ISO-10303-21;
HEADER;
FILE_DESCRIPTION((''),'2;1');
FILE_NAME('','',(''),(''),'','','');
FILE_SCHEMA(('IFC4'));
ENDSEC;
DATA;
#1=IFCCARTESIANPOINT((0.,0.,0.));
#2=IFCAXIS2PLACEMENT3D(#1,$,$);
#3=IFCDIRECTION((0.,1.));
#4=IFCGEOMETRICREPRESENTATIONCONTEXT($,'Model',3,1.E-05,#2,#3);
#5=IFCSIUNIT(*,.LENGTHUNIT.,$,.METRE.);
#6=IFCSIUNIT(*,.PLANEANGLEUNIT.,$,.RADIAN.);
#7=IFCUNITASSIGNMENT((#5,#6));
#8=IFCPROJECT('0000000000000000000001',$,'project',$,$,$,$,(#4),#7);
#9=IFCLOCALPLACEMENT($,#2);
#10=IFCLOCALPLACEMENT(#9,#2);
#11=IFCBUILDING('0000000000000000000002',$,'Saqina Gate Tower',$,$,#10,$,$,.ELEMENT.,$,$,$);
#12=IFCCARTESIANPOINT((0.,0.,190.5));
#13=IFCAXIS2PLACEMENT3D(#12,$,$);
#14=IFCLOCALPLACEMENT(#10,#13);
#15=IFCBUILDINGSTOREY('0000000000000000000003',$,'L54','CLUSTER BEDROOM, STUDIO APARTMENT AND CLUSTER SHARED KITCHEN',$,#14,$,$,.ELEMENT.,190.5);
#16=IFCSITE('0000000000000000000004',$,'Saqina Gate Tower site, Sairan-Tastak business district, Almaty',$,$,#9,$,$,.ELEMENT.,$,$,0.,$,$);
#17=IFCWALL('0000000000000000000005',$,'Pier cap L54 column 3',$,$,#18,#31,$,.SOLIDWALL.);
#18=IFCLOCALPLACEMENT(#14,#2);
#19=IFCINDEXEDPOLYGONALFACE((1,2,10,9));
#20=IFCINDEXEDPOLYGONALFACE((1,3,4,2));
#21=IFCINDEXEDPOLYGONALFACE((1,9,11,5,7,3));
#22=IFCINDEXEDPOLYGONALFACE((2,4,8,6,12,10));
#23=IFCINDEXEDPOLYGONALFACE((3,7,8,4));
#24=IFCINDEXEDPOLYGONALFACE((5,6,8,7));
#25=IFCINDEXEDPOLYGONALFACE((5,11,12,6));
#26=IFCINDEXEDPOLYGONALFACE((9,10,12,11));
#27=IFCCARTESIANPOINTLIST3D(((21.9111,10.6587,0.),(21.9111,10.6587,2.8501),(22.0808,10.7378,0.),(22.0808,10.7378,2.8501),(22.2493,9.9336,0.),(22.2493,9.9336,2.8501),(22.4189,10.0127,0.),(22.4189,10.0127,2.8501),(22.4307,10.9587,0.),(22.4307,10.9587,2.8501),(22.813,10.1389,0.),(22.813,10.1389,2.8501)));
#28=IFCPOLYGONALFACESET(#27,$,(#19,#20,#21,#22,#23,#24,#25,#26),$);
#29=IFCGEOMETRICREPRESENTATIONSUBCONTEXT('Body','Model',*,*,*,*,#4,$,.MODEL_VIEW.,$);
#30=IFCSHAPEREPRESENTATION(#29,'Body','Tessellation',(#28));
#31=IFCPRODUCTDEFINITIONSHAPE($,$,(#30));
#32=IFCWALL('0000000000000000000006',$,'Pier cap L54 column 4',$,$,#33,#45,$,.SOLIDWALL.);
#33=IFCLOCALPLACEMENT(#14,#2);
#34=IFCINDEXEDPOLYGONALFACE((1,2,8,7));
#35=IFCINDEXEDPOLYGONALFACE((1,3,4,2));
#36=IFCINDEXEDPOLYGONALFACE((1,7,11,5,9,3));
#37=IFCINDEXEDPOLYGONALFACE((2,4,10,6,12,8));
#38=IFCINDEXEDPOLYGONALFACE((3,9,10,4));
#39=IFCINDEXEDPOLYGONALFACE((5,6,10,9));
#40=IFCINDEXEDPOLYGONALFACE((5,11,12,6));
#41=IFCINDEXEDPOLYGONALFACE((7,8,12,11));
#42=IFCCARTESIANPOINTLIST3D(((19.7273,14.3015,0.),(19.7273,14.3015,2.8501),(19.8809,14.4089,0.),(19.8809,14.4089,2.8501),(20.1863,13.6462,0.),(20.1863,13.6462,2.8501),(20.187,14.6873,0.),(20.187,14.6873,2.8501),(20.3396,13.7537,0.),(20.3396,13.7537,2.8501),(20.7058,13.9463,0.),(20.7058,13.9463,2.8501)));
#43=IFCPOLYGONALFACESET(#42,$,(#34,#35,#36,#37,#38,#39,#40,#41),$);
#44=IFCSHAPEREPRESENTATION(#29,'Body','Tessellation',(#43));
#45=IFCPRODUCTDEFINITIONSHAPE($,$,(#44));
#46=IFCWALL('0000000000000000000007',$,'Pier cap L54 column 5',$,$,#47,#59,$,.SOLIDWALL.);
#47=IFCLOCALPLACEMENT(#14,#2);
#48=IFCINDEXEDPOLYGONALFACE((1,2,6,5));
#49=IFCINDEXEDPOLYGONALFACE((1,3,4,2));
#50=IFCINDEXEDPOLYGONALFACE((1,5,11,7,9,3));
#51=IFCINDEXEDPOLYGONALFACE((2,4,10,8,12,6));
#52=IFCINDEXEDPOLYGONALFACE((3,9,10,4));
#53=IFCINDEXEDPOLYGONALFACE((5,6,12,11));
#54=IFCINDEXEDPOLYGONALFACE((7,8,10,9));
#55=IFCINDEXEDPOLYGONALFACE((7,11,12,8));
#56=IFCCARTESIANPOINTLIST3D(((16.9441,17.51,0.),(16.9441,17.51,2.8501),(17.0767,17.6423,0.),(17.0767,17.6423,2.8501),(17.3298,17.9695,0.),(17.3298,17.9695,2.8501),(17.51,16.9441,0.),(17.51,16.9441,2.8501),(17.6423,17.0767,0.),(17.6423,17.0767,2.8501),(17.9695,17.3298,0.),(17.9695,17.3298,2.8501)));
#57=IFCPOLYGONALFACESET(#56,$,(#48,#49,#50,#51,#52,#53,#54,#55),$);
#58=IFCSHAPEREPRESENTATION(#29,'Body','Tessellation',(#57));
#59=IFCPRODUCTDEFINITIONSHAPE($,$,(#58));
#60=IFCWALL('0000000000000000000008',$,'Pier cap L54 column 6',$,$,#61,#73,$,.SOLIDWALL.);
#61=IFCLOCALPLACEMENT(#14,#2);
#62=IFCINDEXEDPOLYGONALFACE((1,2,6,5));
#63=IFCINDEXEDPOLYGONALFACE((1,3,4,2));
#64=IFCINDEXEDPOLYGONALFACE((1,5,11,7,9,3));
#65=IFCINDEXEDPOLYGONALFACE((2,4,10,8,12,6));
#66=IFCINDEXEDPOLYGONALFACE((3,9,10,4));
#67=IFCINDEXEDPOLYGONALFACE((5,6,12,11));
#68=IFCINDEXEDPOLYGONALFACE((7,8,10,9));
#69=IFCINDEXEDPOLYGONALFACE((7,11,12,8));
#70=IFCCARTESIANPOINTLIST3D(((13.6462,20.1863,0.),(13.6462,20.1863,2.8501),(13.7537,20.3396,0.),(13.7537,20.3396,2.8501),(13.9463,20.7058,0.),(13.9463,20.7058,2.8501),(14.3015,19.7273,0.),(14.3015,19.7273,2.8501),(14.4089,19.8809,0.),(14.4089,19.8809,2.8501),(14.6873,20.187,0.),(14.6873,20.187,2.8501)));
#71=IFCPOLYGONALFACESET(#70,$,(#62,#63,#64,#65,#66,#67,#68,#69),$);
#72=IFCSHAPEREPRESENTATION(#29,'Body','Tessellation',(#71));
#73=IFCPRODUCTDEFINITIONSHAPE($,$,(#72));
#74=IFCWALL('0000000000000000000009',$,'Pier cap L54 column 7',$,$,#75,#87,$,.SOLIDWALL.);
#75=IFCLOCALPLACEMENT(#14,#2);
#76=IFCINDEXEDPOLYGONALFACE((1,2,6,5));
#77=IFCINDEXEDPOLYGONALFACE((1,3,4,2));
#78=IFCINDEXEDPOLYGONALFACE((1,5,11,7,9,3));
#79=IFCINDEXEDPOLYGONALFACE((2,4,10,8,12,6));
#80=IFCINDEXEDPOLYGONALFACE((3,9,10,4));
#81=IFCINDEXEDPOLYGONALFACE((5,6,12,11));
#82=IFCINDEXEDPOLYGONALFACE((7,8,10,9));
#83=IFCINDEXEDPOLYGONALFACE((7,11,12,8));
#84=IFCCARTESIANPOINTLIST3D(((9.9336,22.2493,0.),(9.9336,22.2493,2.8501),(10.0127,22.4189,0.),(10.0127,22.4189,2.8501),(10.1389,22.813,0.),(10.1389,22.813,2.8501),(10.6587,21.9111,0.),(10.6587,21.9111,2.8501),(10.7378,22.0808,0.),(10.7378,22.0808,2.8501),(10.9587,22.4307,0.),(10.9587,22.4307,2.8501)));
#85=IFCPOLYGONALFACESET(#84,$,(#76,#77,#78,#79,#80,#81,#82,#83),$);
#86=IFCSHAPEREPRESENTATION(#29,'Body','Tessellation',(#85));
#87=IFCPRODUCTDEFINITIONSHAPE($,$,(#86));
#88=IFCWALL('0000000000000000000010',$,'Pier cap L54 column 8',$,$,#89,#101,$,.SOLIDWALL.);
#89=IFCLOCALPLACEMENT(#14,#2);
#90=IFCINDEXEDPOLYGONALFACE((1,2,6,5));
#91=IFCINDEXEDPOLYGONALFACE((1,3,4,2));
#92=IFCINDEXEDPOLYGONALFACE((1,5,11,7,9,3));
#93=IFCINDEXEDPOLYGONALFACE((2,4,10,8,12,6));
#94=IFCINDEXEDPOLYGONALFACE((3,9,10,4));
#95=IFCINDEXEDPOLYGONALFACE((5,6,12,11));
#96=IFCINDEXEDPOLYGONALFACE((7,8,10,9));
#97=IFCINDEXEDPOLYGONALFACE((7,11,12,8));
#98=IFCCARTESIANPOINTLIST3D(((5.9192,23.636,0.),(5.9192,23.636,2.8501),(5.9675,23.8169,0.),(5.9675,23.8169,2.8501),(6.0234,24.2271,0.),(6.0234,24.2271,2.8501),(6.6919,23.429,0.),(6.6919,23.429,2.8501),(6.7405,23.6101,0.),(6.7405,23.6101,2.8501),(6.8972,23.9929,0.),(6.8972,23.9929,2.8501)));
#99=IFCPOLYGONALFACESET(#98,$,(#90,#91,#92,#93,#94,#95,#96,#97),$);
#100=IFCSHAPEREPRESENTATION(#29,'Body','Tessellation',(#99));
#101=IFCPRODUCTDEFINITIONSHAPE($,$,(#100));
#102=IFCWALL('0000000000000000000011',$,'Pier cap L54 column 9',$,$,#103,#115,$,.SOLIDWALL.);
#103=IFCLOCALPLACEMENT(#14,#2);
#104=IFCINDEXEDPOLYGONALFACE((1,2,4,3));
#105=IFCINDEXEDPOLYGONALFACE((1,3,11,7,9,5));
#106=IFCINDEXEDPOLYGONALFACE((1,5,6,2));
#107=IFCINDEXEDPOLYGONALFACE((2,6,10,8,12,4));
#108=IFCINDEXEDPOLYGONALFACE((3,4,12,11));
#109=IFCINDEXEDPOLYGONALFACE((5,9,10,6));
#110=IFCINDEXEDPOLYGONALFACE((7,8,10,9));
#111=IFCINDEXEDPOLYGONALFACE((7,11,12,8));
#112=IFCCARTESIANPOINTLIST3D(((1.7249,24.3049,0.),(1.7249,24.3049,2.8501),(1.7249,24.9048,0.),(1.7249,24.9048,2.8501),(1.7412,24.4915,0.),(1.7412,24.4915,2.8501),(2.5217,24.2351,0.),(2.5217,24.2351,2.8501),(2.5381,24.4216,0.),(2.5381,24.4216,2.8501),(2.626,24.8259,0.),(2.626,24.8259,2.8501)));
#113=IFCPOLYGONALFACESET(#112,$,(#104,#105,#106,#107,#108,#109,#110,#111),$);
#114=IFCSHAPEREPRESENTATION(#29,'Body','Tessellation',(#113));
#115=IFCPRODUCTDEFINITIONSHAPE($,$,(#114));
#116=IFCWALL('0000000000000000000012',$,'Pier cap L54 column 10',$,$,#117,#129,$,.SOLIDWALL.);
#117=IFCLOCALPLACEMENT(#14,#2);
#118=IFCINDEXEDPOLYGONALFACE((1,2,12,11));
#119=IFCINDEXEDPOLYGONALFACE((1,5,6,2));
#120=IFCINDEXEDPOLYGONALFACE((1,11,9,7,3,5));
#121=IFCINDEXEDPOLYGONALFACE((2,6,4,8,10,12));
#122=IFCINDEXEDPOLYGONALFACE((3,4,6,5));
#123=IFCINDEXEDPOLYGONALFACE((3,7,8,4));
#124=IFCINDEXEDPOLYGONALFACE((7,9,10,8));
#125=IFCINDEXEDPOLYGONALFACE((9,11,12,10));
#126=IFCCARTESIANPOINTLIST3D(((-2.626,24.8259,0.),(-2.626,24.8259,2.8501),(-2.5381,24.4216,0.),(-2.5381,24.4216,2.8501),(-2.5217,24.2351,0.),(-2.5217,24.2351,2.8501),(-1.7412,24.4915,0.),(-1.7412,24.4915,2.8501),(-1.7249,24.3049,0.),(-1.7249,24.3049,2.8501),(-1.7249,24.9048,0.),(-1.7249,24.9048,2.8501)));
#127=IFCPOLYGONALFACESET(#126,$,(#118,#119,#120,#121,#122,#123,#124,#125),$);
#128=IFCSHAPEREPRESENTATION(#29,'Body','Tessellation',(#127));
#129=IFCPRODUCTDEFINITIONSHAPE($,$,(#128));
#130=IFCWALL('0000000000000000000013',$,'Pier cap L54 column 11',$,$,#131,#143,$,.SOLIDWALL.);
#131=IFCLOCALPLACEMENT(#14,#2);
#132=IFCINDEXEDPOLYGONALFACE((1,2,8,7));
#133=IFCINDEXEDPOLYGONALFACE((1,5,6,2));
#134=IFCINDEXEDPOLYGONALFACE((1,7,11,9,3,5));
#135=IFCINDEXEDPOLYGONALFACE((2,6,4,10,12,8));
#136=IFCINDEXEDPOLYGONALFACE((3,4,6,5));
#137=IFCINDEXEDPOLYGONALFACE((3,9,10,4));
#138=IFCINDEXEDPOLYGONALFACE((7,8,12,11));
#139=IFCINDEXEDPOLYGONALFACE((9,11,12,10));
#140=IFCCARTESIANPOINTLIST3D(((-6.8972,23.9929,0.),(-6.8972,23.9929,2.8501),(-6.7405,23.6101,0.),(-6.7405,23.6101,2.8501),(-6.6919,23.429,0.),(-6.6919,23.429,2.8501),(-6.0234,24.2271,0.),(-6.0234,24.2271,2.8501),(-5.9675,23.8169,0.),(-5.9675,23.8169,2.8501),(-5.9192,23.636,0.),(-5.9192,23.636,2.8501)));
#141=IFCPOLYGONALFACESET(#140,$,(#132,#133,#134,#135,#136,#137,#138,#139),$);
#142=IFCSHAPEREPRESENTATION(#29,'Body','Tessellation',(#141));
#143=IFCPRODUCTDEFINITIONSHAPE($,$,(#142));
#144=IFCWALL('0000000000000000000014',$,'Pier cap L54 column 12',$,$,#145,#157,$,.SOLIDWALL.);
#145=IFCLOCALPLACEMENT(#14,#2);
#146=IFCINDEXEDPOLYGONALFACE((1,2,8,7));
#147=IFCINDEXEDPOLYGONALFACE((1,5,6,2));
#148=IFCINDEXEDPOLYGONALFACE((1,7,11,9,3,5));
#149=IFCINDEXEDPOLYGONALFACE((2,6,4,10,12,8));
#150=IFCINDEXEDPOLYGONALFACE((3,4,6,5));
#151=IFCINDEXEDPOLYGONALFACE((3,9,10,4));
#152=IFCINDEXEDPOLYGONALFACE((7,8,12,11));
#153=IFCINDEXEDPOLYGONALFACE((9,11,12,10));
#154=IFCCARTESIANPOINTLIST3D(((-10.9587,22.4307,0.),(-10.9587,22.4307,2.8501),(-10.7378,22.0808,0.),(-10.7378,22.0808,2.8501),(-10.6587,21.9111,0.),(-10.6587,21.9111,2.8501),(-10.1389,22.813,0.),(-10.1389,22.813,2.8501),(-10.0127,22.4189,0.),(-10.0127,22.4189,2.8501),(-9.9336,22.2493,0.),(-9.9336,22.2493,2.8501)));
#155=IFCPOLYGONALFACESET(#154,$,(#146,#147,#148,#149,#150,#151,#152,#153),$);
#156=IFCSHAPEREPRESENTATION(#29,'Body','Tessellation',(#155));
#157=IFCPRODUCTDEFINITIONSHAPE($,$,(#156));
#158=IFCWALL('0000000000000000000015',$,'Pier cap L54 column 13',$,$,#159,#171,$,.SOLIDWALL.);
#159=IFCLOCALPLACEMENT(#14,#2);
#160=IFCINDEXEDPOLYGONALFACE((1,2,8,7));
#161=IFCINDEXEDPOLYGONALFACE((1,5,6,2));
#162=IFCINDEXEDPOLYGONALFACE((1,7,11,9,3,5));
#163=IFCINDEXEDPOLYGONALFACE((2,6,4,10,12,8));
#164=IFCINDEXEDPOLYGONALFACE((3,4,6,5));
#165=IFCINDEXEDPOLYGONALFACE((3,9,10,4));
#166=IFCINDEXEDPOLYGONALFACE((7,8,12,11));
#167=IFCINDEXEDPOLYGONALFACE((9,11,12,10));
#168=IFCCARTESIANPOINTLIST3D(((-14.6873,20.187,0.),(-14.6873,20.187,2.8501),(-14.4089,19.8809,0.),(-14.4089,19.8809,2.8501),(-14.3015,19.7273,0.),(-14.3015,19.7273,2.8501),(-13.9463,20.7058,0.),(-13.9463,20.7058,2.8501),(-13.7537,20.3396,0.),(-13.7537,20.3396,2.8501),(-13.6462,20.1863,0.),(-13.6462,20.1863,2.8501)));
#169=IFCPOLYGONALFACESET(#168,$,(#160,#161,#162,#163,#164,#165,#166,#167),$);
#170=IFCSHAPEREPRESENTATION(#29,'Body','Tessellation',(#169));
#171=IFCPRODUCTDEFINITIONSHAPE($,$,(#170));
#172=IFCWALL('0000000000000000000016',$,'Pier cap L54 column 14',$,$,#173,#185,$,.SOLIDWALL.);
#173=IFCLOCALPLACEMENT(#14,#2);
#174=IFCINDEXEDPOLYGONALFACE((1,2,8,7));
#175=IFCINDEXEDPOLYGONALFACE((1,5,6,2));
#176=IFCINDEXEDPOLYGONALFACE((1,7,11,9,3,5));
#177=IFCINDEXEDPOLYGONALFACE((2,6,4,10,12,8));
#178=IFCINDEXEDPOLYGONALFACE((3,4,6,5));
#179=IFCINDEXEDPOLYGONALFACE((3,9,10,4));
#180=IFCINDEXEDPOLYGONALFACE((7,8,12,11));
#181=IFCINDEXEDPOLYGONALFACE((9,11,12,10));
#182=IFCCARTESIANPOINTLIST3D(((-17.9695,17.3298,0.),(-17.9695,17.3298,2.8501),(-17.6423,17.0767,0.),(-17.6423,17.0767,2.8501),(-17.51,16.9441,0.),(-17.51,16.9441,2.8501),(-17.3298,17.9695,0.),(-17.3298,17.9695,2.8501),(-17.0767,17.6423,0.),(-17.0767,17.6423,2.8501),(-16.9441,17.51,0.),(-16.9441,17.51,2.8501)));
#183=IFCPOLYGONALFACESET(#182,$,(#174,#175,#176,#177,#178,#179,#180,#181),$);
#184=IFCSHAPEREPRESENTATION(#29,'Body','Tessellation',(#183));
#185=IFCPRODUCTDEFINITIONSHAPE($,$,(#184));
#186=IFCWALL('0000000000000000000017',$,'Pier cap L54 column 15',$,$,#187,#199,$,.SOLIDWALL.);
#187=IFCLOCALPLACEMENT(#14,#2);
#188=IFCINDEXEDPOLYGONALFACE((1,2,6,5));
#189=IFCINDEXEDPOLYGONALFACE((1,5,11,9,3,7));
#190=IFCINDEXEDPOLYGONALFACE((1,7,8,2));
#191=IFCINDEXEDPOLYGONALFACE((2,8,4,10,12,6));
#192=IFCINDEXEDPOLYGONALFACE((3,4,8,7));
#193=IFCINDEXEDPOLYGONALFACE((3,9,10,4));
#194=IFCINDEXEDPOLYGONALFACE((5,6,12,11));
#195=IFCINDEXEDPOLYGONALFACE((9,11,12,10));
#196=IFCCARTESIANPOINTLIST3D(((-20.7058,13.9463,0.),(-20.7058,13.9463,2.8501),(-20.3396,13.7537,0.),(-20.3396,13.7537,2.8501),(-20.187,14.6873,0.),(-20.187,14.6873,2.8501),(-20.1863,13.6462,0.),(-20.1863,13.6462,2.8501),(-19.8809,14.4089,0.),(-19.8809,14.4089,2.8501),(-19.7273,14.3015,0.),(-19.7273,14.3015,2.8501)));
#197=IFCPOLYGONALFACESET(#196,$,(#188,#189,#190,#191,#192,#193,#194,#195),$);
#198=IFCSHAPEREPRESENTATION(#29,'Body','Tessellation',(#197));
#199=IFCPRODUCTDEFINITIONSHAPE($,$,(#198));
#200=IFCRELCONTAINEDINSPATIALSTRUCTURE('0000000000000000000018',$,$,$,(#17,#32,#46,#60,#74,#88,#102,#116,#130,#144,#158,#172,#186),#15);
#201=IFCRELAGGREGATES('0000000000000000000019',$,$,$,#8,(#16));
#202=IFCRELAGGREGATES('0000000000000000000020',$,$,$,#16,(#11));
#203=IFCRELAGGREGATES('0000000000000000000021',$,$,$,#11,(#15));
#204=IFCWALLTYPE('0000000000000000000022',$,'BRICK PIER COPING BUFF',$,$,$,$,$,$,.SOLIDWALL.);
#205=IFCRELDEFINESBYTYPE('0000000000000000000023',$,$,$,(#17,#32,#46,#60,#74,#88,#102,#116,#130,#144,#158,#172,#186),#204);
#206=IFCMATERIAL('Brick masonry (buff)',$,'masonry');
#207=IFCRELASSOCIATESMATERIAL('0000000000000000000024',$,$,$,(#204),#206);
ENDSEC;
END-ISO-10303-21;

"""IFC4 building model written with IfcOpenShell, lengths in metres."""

from ifc_helpers import new_model, si_unit, direction, frame, origin, place, context, subcontext, project, spatial, polyline, outline, extrude, material, type_object, element, save


model = new_model("IFC4")

# Units and contexts
model_context = context("Model", 3, precision=1e-05, world=origin(), true_north=direction((0.0, 1.0)))
body_context = subcontext(model_context, "Body", "Model", "MODEL_VIEW")
ifc_project = project(units=[si_unit("LENGTHUNIT", "METRE"), si_unit("PLANEANGLEUNIT", "RADIAN")], contexts=[model_context])

# Site, building, storey
site_placement = place(None, origin())
site = spatial("IfcSite", under=ifc_project, at=site_placement, Name="Saqina Gate Tower site, Sairan-Tastak business district, Almaty", CompositionType="ELEMENT", RefElevation=0.0)
building_placement = place(site_placement, origin())
building = spatial("IfcBuilding", under=site, at=building_placement, Name="Saqina Gate Tower", CompositionType="ELEMENT")
storey_placement = place(building_placement, frame((0.0, 0.0, 190.5)))
storey = spatial("IfcBuildingStorey", under=building, at=storey_placement, Name="L54", Description="CLUSTER BEDROOM, STUDIO APARTMENT AND CLUSTER SHARED KITCHEN", CompositionType="ELEMENT", Elevation=190.5)

# Walls
ifc_material = material(Name="Brick masonry (buff)", Category="masonry")
wall_type = type_object("IfcWallType", Name="BRICK PIER COPING BUFF", PredefinedType="SOLIDWALL", material=ifc_material)
wall_1_placement = place(storey_placement, origin())
element("IfcWall", 1, at=wall_1_placement, inside=storey, type_object=wall_type, Name="Pier cap L54 column 3", PredefinedType="SOLIDWALL", context=body_context, shape_type="SweptSolid", body=[
    extrude(outline(polyline([(22.4307, 10.9587), (21.9111, 10.6587), (22.0808, 10.7378), (22.4189, 10.0127), (22.2493, 9.9336), (22.813, 10.1389), (22.4307, 10.9587)])), origin(), (0.0, 0.0, 1.0), 2.8501),
])
wall_2_placement = place(storey_placement, origin())
element("IfcWall", 2, at=wall_2_placement, inside=storey, type_object=wall_type, Name="Pier cap L54 column 4", PredefinedType="SOLIDWALL", context=body_context, shape_type="SweptSolid", body=[
    extrude(outline(polyline([(20.7058, 13.9463), (20.187, 14.6873), (19.7273, 14.3015), (19.8809, 14.4089), (20.3396, 13.7537), (20.1863, 13.6462), (20.7058, 13.9463)])), origin(), (0.0, 0.0, 1.0), 2.8501),
])
wall_3_placement = place(storey_placement, origin())
element("IfcWall", 3, at=wall_3_placement, inside=storey, type_object=wall_type, Name="Pier cap L54 column 5", PredefinedType="SOLIDWALL", context=body_context, shape_type="SweptSolid", body=[
    extrude(outline(polyline([(17.3298, 17.9695), (16.9441, 17.51), (17.0767, 17.6423), (17.6423, 17.0767), (17.51, 16.9441), (17.9695, 17.3298), (17.3298, 17.9695)])), origin(), (0.0, 0.0, 1.0), 2.8501),
])
wall_4_placement = place(storey_placement, origin())
element("IfcWall", 4, at=wall_4_placement, inside=storey, type_object=wall_type, Name="Pier cap L54 column 6", PredefinedType="SOLIDWALL", context=body_context, shape_type="SweptSolid", body=[
    extrude(outline(polyline([(14.6873, 20.187), (13.9463, 20.7058), (13.6462, 20.1863), (13.7537, 20.3396), (14.4089, 19.8809), (14.3015, 19.7273), (14.6873, 20.187)])), origin(), (0.0, 0.0, 1.0), 2.8501),
])
wall_5_placement = place(storey_placement, origin())
element("IfcWall", 5, at=wall_5_placement, inside=storey, type_object=wall_type, Name="Pier cap L54 column 7", PredefinedType="SOLIDWALL", context=body_context, shape_type="SweptSolid", body=[
    extrude(outline(polyline([(10.1389, 22.813), (9.9336, 22.2493), (10.0127, 22.4189), (10.7378, 22.0808), (10.6587, 21.9111), (10.9587, 22.4307), (10.1389, 22.813)])), origin(), (0.0, 0.0, 1.0), 2.8501),
])
wall_6_placement = place(storey_placement, origin())
element("IfcWall", 6, at=wall_6_placement, inside=storey, type_object=wall_type, Name="Pier cap L54 column 8", PredefinedType="SOLIDWALL", context=body_context, shape_type="SweptSolid", body=[
    extrude(outline(polyline([(6.0234, 24.2271), (5.9192, 23.636), (5.9675, 23.8169), (6.7405, 23.6101), (6.6919, 23.429), (6.8972, 23.9929), (6.0234, 24.2271)])), origin(), (0.0, 0.0, 1.0), 2.8501),
])
wall_7_placement = place(storey_placement, origin())
element("IfcWall", 7, at=wall_7_placement, inside=storey, type_object=wall_type, Name="Pier cap L54 column 9", PredefinedType="SOLIDWALL", context=body_context, shape_type="SweptSolid", body=[
    extrude(outline(polyline([(2.626, 24.8259), (1.7249, 24.9048), (1.7249, 24.3049), (1.7412, 24.4915), (2.5381, 24.4216), (2.5217, 24.2351), (2.626, 24.8259)])), origin(), (0.0, 0.0, 1.0), 2.8501),
])
wall_8_placement = place(storey_placement, origin())
element("IfcWall", 8, at=wall_8_placement, inside=storey, type_object=wall_type, Name="Pier cap L54 column 10", PredefinedType="SOLIDWALL", context=body_context, shape_type="SweptSolid", body=[
    extrude(outline(polyline([(-1.7249, 24.9048), (-2.626, 24.8259), (-2.5217, 24.2351), (-2.5381, 24.4216), (-1.7412, 24.4915), (-1.7249, 24.3049), (-1.7249, 24.9048)])), origin(), (0.0, 0.0, 1.0), 2.8501),
])
wall_9_placement = place(storey_placement, origin())
element("IfcWall", 9, at=wall_9_placement, inside=storey, type_object=wall_type, Name="Pier cap L54 column 11", PredefinedType="SOLIDWALL", context=body_context, shape_type="SweptSolid", body=[
    extrude(outline(polyline([(-6.0234, 24.2271), (-6.8972, 23.9929), (-6.6919, 23.429), (-6.7405, 23.6101), (-5.9675, 23.8169), (-5.9192, 23.636), (-6.0234, 24.2271)])), origin(), (0.0, 0.0, 1.0), 2.8501),
])
wall_10_placement = place(storey_placement, origin())
element("IfcWall", 10, at=wall_10_placement, inside=storey, type_object=wall_type, Name="Pier cap L54 column 12", PredefinedType="SOLIDWALL", context=body_context, shape_type="SweptSolid", body=[
    extrude(outline(polyline([(-10.9587, 22.4307), (-10.6587, 21.9111), (-10.7378, 22.0808), (-10.0127, 22.4189), (-9.9336, 22.2493), (-10.1389, 22.813), (-10.9587, 22.4307)])), origin(), (0.0, 0.0, 1.0), 2.8501),
])
wall_11_placement = place(storey_placement, origin())
element("IfcWall", 11, at=wall_11_placement, inside=storey, type_object=wall_type, Name="Pier cap L54 column 13", PredefinedType="SOLIDWALL", context=body_context, shape_type="SweptSolid", body=[
    extrude(outline(polyline([(-13.9463, 20.7058), (-14.6873, 20.187), (-14.3015, 19.7273), (-14.4089, 19.8809), (-13.7537, 20.3396), (-13.6462, 20.1863), (-13.9463, 20.7058)])), origin(), (0.0, 0.0, 1.0), 2.8501),
])
wall_12_placement = place(storey_placement, origin())
element("IfcWall", 12, at=wall_12_placement, inside=storey, type_object=wall_type, Name="Pier cap L54 column 14", PredefinedType="SOLIDWALL", context=body_context, shape_type="SweptSolid", body=[
    extrude(outline(polyline([(-17.9695, 17.3298), (-17.51, 16.9441), (-17.6423, 17.0767), (-17.0767, 17.6423), (-16.9441, 17.51), (-17.3298, 17.9695), (-17.9695, 17.3298)])), origin(), (0.0, 0.0, 1.0), 2.8501),
])
wall_13_placement = place(storey_placement, origin())
element("IfcWall", 13, at=wall_13_placement, inside=storey, type_object=wall_type, Name="Pier cap L54 column 15", PredefinedType="SOLIDWALL", context=body_context, shape_type="SweptSolid", body=[
    extrude(outline(polyline([(-20.187, 14.6873), (-20.7058, 13.9463), (-20.1863, 13.6462), (-20.3396, 13.7537), (-19.8809, 14.4089), (-19.7273, 14.3015), (-20.187, 14.6873)])), origin(), (0.0, 0.0, 1.0), 2.8501),
])

save(model, "model.ifc")
